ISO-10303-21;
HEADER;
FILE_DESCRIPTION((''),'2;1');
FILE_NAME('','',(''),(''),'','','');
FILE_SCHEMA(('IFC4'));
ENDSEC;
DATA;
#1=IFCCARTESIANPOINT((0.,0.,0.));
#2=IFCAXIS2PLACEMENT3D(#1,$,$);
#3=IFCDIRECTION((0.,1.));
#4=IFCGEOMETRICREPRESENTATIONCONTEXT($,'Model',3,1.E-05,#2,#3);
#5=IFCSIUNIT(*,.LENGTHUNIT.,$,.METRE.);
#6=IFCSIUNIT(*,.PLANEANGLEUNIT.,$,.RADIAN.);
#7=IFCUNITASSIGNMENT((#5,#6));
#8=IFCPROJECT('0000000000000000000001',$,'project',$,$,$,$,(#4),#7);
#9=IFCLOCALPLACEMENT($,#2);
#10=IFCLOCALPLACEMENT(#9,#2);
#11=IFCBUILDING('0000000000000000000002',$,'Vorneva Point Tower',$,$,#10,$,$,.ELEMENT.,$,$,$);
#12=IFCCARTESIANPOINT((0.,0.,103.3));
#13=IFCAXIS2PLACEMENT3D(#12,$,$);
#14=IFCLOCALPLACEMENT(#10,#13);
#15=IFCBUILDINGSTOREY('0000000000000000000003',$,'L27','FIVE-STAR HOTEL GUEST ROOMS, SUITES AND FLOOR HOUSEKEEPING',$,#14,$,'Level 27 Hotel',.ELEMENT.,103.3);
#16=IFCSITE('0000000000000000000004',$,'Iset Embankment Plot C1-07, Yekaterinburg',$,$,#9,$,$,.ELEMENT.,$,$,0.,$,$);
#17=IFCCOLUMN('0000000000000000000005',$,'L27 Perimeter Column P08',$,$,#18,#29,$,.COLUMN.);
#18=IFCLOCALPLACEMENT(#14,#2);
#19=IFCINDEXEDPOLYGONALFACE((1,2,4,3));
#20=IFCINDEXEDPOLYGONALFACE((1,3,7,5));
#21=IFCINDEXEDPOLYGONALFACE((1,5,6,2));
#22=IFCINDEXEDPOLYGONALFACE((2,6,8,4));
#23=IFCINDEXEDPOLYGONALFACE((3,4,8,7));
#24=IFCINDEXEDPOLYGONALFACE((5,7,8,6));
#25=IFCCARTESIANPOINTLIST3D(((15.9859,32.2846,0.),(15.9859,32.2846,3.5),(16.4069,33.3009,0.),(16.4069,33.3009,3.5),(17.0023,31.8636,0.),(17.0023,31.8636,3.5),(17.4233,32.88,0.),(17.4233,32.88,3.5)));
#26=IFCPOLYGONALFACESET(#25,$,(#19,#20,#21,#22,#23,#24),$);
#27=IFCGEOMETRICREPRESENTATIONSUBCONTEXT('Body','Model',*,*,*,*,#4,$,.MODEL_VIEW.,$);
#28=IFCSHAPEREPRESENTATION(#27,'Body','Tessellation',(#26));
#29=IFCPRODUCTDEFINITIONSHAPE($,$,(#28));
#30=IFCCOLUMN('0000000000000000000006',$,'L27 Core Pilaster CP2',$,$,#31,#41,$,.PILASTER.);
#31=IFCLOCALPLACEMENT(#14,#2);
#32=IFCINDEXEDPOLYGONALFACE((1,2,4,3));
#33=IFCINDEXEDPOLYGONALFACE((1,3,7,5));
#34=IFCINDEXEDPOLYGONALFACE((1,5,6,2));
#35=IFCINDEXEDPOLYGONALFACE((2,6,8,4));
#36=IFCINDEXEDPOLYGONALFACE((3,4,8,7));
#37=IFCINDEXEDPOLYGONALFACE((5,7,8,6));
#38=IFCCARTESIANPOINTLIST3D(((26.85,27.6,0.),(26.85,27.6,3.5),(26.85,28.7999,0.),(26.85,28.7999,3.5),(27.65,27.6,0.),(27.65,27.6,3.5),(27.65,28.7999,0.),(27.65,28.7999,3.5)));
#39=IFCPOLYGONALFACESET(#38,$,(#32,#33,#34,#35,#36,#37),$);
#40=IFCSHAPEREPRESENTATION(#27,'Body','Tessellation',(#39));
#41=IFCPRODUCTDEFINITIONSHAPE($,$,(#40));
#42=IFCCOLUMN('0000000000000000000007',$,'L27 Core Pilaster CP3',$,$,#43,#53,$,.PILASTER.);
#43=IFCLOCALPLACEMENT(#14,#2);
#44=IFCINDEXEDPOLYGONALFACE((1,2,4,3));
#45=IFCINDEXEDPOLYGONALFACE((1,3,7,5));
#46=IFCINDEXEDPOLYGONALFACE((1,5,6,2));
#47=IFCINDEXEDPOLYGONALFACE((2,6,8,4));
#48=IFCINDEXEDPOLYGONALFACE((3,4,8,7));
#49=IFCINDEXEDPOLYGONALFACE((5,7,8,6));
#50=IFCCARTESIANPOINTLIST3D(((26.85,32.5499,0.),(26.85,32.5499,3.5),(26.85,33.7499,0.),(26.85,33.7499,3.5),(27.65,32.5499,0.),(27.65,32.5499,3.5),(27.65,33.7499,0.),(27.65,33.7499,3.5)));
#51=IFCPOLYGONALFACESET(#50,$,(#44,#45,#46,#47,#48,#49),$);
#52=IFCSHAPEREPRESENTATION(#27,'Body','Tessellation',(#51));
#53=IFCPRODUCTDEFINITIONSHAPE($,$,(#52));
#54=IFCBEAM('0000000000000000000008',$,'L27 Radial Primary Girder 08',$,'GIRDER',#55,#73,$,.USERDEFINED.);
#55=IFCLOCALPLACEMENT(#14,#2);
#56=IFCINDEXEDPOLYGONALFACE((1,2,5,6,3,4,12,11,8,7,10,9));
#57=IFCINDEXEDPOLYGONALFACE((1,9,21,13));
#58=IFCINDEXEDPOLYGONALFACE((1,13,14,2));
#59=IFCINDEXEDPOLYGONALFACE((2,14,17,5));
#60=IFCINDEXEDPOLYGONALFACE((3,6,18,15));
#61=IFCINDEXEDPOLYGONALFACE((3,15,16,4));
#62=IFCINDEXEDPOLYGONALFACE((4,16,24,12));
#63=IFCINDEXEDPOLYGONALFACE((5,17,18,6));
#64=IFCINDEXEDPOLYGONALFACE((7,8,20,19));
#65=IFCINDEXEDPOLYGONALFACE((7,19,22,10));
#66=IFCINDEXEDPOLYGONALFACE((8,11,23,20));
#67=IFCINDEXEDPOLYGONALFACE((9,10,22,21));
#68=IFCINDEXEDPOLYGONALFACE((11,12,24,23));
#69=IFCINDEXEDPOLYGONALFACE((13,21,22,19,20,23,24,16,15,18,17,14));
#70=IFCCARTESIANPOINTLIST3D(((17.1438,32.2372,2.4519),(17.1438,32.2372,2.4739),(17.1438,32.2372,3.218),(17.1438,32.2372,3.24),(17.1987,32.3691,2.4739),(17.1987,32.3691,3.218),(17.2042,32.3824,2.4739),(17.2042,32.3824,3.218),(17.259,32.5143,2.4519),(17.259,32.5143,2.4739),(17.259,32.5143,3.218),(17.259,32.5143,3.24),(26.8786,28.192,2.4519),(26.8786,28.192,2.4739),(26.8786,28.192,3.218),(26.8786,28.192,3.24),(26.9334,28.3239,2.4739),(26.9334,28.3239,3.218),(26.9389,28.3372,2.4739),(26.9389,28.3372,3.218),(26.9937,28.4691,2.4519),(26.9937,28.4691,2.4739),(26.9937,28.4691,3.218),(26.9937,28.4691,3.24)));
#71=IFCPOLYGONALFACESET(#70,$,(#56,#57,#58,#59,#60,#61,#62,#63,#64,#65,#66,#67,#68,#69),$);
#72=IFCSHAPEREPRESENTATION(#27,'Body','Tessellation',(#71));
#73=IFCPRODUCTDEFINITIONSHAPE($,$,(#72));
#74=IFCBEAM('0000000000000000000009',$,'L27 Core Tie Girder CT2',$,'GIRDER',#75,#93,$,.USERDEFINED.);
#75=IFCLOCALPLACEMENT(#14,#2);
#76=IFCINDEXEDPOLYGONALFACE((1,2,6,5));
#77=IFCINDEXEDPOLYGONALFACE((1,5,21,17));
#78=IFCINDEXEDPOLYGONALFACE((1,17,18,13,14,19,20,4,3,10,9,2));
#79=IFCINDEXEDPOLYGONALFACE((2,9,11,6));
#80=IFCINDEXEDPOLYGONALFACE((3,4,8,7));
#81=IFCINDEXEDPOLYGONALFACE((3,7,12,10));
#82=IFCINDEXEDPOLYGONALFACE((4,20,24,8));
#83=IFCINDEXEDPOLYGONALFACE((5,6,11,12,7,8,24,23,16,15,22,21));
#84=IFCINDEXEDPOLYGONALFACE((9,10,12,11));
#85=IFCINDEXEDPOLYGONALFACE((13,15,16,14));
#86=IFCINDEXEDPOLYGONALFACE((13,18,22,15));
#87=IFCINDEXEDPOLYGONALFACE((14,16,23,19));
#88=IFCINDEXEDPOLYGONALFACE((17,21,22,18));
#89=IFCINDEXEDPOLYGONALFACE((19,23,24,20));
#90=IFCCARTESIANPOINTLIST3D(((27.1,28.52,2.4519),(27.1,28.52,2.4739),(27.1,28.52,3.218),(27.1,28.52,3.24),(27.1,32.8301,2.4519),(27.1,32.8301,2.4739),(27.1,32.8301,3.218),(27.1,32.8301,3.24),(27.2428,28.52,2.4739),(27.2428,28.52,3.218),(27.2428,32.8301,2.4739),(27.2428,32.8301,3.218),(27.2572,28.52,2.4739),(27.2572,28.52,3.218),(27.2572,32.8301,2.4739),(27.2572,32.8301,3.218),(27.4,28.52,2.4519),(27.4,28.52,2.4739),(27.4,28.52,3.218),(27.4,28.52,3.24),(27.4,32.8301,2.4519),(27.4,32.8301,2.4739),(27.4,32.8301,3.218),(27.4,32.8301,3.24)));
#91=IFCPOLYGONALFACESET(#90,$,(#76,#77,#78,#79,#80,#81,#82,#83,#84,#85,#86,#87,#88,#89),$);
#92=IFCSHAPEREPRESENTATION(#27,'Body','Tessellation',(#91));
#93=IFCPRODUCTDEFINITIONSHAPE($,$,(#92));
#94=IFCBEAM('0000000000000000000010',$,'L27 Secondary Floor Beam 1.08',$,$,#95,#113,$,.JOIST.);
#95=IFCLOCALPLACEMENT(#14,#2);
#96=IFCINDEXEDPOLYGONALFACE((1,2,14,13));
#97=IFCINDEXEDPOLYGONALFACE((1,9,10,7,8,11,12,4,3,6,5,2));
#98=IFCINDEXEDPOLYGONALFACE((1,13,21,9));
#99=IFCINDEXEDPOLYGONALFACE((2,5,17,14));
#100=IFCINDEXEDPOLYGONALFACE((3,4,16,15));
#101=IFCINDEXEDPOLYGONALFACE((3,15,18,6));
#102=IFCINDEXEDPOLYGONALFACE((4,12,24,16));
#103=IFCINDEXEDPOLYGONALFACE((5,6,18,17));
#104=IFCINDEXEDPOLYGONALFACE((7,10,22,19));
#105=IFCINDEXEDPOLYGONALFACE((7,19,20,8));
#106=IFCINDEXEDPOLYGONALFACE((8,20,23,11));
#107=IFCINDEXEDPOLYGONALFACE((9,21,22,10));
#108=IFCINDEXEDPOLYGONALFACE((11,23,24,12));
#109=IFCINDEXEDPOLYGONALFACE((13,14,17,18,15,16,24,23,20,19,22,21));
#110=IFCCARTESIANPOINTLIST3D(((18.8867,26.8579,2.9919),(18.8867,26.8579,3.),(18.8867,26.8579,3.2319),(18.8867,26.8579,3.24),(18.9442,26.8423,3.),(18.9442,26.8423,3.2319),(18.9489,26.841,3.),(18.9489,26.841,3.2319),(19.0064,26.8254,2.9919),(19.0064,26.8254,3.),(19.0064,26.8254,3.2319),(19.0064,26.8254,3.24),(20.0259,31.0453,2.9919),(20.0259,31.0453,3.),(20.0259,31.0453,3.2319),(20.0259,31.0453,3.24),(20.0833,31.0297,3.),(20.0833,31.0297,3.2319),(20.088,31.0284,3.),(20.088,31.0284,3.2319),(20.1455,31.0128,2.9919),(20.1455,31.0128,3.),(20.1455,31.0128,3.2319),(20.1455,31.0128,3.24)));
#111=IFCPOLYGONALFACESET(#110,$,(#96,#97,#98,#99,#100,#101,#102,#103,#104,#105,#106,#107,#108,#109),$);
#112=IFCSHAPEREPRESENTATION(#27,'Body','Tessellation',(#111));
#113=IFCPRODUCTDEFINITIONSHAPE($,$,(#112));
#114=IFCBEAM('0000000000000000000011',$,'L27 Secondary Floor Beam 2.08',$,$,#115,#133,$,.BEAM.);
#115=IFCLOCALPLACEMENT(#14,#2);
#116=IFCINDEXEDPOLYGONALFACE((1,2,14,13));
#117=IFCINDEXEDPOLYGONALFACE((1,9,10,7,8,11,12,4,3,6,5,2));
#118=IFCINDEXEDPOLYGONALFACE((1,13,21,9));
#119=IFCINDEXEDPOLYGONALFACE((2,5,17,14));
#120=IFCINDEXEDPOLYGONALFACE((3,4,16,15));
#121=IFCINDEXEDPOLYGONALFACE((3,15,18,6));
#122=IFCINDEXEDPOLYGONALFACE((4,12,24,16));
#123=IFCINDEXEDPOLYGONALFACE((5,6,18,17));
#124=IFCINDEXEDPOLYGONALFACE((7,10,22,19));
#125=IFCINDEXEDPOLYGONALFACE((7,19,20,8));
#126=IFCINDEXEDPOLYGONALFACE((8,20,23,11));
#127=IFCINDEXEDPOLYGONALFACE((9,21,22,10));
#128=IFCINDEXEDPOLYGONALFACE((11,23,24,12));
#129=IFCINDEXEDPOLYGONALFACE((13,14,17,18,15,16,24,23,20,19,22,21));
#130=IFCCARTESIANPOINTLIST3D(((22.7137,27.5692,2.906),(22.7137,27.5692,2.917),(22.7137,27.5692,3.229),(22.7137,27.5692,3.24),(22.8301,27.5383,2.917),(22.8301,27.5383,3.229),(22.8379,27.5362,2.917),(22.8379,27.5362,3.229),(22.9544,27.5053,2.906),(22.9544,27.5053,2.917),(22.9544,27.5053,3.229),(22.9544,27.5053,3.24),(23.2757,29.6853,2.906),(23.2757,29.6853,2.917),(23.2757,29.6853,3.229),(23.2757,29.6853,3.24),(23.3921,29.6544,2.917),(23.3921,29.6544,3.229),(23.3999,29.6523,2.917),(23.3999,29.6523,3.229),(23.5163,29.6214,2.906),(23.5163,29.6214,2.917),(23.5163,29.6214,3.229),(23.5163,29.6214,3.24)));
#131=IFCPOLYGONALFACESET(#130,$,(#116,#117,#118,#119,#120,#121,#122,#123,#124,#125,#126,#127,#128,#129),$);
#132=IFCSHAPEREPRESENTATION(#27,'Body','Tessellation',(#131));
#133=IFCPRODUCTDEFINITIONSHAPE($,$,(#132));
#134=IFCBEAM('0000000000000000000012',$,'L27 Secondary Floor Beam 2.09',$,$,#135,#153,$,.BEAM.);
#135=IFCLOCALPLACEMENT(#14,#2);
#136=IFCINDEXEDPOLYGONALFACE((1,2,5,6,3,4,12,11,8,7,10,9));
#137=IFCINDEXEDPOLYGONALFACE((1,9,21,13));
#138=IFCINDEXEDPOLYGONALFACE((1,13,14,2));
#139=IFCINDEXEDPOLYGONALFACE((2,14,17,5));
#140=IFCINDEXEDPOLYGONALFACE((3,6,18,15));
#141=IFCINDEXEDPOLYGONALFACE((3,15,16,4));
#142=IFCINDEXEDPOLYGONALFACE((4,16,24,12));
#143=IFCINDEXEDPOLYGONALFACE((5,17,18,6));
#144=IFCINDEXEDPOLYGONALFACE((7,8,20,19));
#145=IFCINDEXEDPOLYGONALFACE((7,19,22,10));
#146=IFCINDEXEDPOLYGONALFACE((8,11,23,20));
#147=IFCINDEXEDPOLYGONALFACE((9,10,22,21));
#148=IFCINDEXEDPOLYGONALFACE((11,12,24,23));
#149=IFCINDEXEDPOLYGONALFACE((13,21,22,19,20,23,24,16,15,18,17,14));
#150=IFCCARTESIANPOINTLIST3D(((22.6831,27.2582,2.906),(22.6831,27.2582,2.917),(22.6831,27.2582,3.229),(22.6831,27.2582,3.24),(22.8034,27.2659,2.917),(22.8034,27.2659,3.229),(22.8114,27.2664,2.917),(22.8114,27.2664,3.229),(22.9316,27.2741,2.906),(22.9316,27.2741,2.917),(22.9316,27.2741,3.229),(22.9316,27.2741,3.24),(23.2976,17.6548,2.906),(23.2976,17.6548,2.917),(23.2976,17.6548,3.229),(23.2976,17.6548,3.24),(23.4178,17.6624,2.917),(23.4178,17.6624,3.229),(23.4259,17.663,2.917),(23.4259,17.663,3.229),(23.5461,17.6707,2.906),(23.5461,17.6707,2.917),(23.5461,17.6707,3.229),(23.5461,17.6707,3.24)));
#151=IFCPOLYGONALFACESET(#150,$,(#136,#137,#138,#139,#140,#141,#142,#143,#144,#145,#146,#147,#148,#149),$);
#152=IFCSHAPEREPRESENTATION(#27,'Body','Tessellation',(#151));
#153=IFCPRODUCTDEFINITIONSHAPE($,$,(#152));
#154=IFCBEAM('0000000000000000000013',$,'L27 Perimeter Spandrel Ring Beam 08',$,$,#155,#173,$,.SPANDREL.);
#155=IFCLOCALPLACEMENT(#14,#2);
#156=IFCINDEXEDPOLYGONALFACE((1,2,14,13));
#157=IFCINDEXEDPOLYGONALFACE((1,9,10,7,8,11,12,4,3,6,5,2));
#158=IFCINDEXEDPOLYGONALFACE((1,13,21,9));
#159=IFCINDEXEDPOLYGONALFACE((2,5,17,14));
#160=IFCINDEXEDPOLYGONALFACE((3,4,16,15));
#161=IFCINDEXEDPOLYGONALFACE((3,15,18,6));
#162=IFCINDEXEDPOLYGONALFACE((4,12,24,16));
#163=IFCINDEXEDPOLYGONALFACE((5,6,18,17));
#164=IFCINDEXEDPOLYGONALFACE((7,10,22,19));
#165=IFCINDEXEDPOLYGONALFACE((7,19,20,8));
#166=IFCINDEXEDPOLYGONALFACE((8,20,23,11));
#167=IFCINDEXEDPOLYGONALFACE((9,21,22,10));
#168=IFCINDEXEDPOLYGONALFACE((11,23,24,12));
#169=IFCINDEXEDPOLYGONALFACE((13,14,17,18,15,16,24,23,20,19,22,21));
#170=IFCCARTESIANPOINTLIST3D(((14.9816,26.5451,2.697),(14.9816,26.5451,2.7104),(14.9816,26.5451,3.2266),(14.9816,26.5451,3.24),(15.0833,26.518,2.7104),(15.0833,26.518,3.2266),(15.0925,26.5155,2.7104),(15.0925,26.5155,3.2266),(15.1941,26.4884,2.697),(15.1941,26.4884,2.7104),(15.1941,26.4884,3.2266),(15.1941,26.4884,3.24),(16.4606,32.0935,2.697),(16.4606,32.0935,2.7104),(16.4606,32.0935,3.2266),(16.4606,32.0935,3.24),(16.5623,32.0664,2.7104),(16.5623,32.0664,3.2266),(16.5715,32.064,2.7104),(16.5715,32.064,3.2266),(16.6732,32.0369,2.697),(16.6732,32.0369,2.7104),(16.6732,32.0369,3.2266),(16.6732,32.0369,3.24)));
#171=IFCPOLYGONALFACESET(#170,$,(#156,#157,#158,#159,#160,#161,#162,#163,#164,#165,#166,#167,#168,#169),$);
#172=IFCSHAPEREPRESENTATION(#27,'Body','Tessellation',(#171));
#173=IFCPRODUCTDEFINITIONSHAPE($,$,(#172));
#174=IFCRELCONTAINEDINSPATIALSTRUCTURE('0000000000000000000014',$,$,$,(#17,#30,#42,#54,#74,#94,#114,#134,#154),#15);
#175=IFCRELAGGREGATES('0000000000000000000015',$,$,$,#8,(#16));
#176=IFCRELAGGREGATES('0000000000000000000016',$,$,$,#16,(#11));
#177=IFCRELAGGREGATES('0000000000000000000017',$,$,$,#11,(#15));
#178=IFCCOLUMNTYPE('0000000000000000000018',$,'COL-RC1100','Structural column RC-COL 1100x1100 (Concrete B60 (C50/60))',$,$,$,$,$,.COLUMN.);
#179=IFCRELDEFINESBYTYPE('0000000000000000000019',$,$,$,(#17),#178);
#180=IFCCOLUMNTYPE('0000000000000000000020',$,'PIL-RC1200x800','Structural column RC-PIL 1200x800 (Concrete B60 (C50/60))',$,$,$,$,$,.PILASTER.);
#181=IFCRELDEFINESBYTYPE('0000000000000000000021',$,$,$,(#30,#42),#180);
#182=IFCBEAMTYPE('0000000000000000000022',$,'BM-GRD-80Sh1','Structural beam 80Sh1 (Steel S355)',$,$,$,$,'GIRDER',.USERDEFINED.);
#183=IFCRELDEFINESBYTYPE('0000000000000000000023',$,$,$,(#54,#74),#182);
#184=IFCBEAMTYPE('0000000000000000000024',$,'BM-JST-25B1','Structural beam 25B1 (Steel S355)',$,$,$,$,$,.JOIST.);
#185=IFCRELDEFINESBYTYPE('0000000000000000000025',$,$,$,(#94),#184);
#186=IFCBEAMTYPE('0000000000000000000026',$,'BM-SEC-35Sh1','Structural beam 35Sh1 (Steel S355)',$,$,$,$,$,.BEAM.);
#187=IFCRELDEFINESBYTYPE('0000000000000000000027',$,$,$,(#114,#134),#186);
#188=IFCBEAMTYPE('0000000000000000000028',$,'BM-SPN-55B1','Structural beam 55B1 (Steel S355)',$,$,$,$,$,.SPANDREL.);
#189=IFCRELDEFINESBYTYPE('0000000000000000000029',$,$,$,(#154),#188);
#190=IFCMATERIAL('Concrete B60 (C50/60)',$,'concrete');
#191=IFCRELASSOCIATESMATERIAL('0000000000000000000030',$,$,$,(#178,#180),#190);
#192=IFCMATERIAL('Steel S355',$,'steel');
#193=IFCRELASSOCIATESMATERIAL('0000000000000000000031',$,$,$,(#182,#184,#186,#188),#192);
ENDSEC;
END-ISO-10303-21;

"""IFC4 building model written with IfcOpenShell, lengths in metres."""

from ifc_helpers import new_model, si_unit, direction, frame, origin, origin_2d, place, context, subcontext, project, spatial, rectangle, i_section, extrude, material, material_profile, profile_set, type_object, element, save


model = new_model("IFC4")

# Units and contexts
model_context = context("Model", 3, precision=1e-05, world=origin(), true_north=direction((0.0, 1.0)))
body_context = subcontext(model_context, "Body", "Model", "MODEL_VIEW")
ifc_project = project(units=[si_unit("LENGTHUNIT", "METRE"), si_unit("PLANEANGLEUNIT", "RADIAN")], contexts=[model_context])

# Site, building, storey
site_placement = place(None, origin())
site = spatial("IfcSite", under=ifc_project, at=site_placement, Name="Iset Embankment Plot C1-07, Yekaterinburg", CompositionType="ELEMENT", RefElevation=0.0)
building_placement = place(site_placement, origin())
building = spatial("IfcBuilding", under=site, at=building_placement, Name="Vorneva Point Tower", CompositionType="ELEMENT")
storey_placement = place(building_placement, frame((0.0, 0.0, 103.3)))
storey = spatial("IfcBuildingStorey", under=building, at=storey_placement, Name="L27", Description="FIVE-STAR HOTEL GUEST ROOMS, SUITES AND FLOOR HOUSEKEEPING", LongName="Level 27 Hotel", CompositionType="ELEMENT", Elevation=103.3)

# Columns
ifc_material_1 = material(Name="Concrete B60 (C50/60)", Category="concrete")
ifc_material_profile_1 = material_profile(ifc_material_1, rectangle(XDim=1.1001, YDim=1.1001, at=origin_2d()), Name="RC-COL 1100x1100")
ifc_profile_set_1 = profile_set([ifc_material_profile_1], Name="Concrete B60 (C50/60)")
column_type_1 = type_object("IfcColumnType", Name="COL-RC1100", Description="Structural column RC-COL 1100x1100 (Concrete B60 (C50/60))", PredefinedType="COLUMN", material=ifc_profile_set_1)
column_placement = place(storey_placement, frame((16.7046, 32.5823, 0.0), z_axis=(0.0, 0.0, 1.0), x_axis=(-0.92388, 0.382683, 0.0)))
element("IfcColumn", 1, at=column_placement, inside=storey, type_object=column_type_1, Name="L27 Perimeter Column P08", PredefinedType="COLUMN", context=body_context, shape_type="SweptSolid", body=[
    extrude(rectangle(XDim=1.1001, YDim=1.1001, at=origin_2d()), origin(), (0.0, 0.0, 1.0), 3.5),
])
ifc_material_profile_2 = material_profile(ifc_material_1, rectangle(XDim=0.8, YDim=1.2, at=origin_2d()), Name="RC-PIL 1200x800")
ifc_profile_set_2 = profile_set([ifc_material_profile_2], Name="Concrete B60 (C50/60)")
column_type_2 = type_object("IfcColumnType", Name="PIL-RC1200x800", Description="Structural column RC-PIL 1200x800 (Concrete B60 (C50/60))", PredefinedType="PILASTER", material=ifc_profile_set_2)
for number, where, z_axis, x_axis, name in (
    (2, (27.25, 28.2, 0.0), (0.0, 0.0, 1.0), (1.0, 0.0, 0.0), "L27 Core Pilaster CP2"),
    (3, (27.25, 33.1499, 0.0), (0.0, 0.0, 1.0), (1.0, 0.0, 0.0), "L27 Core Pilaster CP3"),
):
    element("IfcColumn", number, at=place(storey_placement, frame(where, z_axis=z_axis, x_axis=x_axis)), inside=storey, type_object=column_type_2, Name=name, PredefinedType="PILASTER", context=body_context, shape_type="SweptSolid", body=[
        extrude(rectangle(XDim=0.8, YDim=1.2, at=origin_2d()), origin(), (0.0, 0.0, 1.0), 3.5),
    ])

# Beams
ifc_material_2 = material(Name="Steel S355", Category="steel")
ifc_material_profile_3 = material_profile(ifc_material_2, i_section(OverallWidth=0.3, OverallDepth=0.7881, WebThickness=0.0144, FlangeThickness=0.022, at=origin_2d()), Name="80Sh1")
ifc_profile_set_3 = profile_set([ifc_material_profile_3], Name="Steel S355")
beam_type_1 = type_object("IfcBeamType", Name="BM-GRD-80Sh1", Description="Structural beam 80Sh1 (Steel S355)", ElementType="GIRDER", PredefinedType="USERDEFINED", material=ifc_profile_set_3)
beam_1_placement = place(storey_placement, frame((17.2014, 32.3757, 2.8459), z_axis=(0.923444, -0.383732, 0.0), x_axis=(0.383732, 0.923444, 0.0)))
element("IfcBeam", 4, at=beam_1_placement, inside=storey, type_object=beam_type_1, Name="L27 Radial Primary Girder 08", ObjectType="GIRDER", PredefinedType="USERDEFINED", context=body_context, shape_type="SweptSolid", body=[
    extrude(i_section(OverallWidth=0.3, OverallDepth=0.7881, WebThickness=0.0144, FlangeThickness=0.022, at=origin_2d()), origin(), (0.0, 0.0, 1.0), 10.5417),
])
beam_2_placement = place(storey_placement, frame((27.25, 28.52, 2.8459), z_axis=(0.0, 1.0, 0.0), x_axis=(-1.0, 0.0, 0.0)))
element("IfcBeam", 5, at=beam_2_placement, inside=storey, type_object=beam_type_1, Name="L27 Core Tie Girder CT2", ObjectType="GIRDER", PredefinedType="USERDEFINED", context=body_context, shape_type="SweptSolid", body=[
    extrude(i_section(OverallWidth=0.3, OverallDepth=0.7881, WebThickness=0.0144, FlangeThickness=0.022, at=origin_2d()), origin(), (0.0, 0.0, 1.0), 4.3101),
])
ifc_material_profile_4 = material_profile(ifc_material_2, i_section(OverallWidth=0.124, OverallDepth=0.248, WebThickness=0.0049, FlangeThickness=0.0081, at=origin_2d()), Name="25B1")
ifc_profile_set_4 = profile_set([ifc_material_profile_4], Name="Steel S355")
beam_type_2 = type_object("IfcBeamType", Name="BM-JST-25B1", Description="Structural beam 25B1 (Steel S355)", PredefinedType="JOIST", material=ifc_profile_set_4)
beam_3_placement = place(storey_placement, frame((20.0857, 31.0291, 3.116), z_axis=(-0.262499, -0.964932, 0.0), x_axis=(0.964932, -0.262499, 0.0)))
element("IfcBeam", 6, at=beam_3_placement, inside=storey, type_object=beam_type_2, Name="L27 Secondary Floor Beam 1.08", PredefinedType="JOIST", context=body_context, shape_type="SweptSolid", body=[
    extrude(i_section(OverallWidth=0.124, OverallDepth=0.248, WebThickness=0.0049, FlangeThickness=0.0081, at=origin_2d()), origin(), (0.0, 0.0, 1.0), 4.3396),
])
ifc_material_profile_5 = material_profile(ifc_material_2, i_section(OverallWidth=0.249, OverallDepth=0.334, WebThickness=0.0081, FlangeThickness=0.011, at=origin_2d()), Name="35Sh1")
ifc_profile_set_5 = profile_set([ifc_material_profile_5], Name="Steel S355")
beam_type_3 = type_object("IfcBeamType", Name="BM-SEC-35Sh1", Description="Structural beam 35Sh1 (Steel S355)", PredefinedType="BEAM", material=ifc_profile_set_5)
beam_4_placement = place(storey_placement, frame((23.396, 29.6533, 3.073), z_axis=(-0.256677, -0.966497, 0.0), x_axis=(0.966497, -0.256677, 0.0)))
element("IfcBeam", 7, at=beam_4_placement, inside=storey, type_object=beam_type_3, Name="L27 Secondary Floor Beam 2.08", PredefinedType="BEAM", context=body_context, shape_type="SweptSolid", body=[
    extrude(i_section(OverallWidth=0.249, OverallDepth=0.334, WebThickness=0.0081, FlangeThickness=0.011, at=origin_2d()), origin(), (0.0, 0.0, 1.0), 2.1895),
])
beam_5_placement = place(storey_placement, frame((22.8074, 27.2661, 3.073), z_axis=(0.063857, -0.997959, 0.0), x_axis=(0.997959, 0.063857, 0.0)))
element("IfcBeam", 8, at=beam_5_placement, inside=storey, type_object=beam_type_3, Name="L27 Secondary Floor Beam 2.09", PredefinedType="BEAM", context=body_context, shape_type="SweptSolid", body=[
    extrude(i_section(OverallWidth=0.249, OverallDepth=0.334, WebThickness=0.0081, FlangeThickness=0.011, at=origin_2d()), origin(), (0.0, 0.0, 1.0), 9.623),
])
ifc_material_profile_6 = material_profile(ifc_material_2, i_section(OverallWidth=0.22, OverallDepth=0.543, WebThickness=0.0095, FlangeThickness=0.0134, at=origin_2d()), Name="55B1")
ifc_profile_set_6 = profile_set([ifc_material_profile_6], Name="Steel S355")
beam_type_4 = type_object("IfcBeamType", Name="BM-SPN-55B1", Description="Structural beam 55B1 (Steel S355)", PredefinedType="SPANDREL", material=ifc_profile_set_6)
beam_6_placement = place(storey_placement, frame((16.5669, 32.0652, 2.9685), z_axis=(-0.257573, -0.966259, 0.0), x_axis=(0.966259, -0.257573, 0.0)))
element("IfcBeam", 9, at=beam_6_placement, inside=storey, type_object=beam_type_4, Name="L27 Perimeter Spandrel Ring Beam 08", PredefinedType="SPANDREL", context=body_context, shape_type="SweptSolid", body=[
    extrude(i_section(OverallWidth=0.22, OverallDepth=0.543, WebThickness=0.0095, FlangeThickness=0.0134, at=origin_2d()), origin(), (0.0, 0.0, 1.0), 5.7422),
])

save(model, "model.ifc")
